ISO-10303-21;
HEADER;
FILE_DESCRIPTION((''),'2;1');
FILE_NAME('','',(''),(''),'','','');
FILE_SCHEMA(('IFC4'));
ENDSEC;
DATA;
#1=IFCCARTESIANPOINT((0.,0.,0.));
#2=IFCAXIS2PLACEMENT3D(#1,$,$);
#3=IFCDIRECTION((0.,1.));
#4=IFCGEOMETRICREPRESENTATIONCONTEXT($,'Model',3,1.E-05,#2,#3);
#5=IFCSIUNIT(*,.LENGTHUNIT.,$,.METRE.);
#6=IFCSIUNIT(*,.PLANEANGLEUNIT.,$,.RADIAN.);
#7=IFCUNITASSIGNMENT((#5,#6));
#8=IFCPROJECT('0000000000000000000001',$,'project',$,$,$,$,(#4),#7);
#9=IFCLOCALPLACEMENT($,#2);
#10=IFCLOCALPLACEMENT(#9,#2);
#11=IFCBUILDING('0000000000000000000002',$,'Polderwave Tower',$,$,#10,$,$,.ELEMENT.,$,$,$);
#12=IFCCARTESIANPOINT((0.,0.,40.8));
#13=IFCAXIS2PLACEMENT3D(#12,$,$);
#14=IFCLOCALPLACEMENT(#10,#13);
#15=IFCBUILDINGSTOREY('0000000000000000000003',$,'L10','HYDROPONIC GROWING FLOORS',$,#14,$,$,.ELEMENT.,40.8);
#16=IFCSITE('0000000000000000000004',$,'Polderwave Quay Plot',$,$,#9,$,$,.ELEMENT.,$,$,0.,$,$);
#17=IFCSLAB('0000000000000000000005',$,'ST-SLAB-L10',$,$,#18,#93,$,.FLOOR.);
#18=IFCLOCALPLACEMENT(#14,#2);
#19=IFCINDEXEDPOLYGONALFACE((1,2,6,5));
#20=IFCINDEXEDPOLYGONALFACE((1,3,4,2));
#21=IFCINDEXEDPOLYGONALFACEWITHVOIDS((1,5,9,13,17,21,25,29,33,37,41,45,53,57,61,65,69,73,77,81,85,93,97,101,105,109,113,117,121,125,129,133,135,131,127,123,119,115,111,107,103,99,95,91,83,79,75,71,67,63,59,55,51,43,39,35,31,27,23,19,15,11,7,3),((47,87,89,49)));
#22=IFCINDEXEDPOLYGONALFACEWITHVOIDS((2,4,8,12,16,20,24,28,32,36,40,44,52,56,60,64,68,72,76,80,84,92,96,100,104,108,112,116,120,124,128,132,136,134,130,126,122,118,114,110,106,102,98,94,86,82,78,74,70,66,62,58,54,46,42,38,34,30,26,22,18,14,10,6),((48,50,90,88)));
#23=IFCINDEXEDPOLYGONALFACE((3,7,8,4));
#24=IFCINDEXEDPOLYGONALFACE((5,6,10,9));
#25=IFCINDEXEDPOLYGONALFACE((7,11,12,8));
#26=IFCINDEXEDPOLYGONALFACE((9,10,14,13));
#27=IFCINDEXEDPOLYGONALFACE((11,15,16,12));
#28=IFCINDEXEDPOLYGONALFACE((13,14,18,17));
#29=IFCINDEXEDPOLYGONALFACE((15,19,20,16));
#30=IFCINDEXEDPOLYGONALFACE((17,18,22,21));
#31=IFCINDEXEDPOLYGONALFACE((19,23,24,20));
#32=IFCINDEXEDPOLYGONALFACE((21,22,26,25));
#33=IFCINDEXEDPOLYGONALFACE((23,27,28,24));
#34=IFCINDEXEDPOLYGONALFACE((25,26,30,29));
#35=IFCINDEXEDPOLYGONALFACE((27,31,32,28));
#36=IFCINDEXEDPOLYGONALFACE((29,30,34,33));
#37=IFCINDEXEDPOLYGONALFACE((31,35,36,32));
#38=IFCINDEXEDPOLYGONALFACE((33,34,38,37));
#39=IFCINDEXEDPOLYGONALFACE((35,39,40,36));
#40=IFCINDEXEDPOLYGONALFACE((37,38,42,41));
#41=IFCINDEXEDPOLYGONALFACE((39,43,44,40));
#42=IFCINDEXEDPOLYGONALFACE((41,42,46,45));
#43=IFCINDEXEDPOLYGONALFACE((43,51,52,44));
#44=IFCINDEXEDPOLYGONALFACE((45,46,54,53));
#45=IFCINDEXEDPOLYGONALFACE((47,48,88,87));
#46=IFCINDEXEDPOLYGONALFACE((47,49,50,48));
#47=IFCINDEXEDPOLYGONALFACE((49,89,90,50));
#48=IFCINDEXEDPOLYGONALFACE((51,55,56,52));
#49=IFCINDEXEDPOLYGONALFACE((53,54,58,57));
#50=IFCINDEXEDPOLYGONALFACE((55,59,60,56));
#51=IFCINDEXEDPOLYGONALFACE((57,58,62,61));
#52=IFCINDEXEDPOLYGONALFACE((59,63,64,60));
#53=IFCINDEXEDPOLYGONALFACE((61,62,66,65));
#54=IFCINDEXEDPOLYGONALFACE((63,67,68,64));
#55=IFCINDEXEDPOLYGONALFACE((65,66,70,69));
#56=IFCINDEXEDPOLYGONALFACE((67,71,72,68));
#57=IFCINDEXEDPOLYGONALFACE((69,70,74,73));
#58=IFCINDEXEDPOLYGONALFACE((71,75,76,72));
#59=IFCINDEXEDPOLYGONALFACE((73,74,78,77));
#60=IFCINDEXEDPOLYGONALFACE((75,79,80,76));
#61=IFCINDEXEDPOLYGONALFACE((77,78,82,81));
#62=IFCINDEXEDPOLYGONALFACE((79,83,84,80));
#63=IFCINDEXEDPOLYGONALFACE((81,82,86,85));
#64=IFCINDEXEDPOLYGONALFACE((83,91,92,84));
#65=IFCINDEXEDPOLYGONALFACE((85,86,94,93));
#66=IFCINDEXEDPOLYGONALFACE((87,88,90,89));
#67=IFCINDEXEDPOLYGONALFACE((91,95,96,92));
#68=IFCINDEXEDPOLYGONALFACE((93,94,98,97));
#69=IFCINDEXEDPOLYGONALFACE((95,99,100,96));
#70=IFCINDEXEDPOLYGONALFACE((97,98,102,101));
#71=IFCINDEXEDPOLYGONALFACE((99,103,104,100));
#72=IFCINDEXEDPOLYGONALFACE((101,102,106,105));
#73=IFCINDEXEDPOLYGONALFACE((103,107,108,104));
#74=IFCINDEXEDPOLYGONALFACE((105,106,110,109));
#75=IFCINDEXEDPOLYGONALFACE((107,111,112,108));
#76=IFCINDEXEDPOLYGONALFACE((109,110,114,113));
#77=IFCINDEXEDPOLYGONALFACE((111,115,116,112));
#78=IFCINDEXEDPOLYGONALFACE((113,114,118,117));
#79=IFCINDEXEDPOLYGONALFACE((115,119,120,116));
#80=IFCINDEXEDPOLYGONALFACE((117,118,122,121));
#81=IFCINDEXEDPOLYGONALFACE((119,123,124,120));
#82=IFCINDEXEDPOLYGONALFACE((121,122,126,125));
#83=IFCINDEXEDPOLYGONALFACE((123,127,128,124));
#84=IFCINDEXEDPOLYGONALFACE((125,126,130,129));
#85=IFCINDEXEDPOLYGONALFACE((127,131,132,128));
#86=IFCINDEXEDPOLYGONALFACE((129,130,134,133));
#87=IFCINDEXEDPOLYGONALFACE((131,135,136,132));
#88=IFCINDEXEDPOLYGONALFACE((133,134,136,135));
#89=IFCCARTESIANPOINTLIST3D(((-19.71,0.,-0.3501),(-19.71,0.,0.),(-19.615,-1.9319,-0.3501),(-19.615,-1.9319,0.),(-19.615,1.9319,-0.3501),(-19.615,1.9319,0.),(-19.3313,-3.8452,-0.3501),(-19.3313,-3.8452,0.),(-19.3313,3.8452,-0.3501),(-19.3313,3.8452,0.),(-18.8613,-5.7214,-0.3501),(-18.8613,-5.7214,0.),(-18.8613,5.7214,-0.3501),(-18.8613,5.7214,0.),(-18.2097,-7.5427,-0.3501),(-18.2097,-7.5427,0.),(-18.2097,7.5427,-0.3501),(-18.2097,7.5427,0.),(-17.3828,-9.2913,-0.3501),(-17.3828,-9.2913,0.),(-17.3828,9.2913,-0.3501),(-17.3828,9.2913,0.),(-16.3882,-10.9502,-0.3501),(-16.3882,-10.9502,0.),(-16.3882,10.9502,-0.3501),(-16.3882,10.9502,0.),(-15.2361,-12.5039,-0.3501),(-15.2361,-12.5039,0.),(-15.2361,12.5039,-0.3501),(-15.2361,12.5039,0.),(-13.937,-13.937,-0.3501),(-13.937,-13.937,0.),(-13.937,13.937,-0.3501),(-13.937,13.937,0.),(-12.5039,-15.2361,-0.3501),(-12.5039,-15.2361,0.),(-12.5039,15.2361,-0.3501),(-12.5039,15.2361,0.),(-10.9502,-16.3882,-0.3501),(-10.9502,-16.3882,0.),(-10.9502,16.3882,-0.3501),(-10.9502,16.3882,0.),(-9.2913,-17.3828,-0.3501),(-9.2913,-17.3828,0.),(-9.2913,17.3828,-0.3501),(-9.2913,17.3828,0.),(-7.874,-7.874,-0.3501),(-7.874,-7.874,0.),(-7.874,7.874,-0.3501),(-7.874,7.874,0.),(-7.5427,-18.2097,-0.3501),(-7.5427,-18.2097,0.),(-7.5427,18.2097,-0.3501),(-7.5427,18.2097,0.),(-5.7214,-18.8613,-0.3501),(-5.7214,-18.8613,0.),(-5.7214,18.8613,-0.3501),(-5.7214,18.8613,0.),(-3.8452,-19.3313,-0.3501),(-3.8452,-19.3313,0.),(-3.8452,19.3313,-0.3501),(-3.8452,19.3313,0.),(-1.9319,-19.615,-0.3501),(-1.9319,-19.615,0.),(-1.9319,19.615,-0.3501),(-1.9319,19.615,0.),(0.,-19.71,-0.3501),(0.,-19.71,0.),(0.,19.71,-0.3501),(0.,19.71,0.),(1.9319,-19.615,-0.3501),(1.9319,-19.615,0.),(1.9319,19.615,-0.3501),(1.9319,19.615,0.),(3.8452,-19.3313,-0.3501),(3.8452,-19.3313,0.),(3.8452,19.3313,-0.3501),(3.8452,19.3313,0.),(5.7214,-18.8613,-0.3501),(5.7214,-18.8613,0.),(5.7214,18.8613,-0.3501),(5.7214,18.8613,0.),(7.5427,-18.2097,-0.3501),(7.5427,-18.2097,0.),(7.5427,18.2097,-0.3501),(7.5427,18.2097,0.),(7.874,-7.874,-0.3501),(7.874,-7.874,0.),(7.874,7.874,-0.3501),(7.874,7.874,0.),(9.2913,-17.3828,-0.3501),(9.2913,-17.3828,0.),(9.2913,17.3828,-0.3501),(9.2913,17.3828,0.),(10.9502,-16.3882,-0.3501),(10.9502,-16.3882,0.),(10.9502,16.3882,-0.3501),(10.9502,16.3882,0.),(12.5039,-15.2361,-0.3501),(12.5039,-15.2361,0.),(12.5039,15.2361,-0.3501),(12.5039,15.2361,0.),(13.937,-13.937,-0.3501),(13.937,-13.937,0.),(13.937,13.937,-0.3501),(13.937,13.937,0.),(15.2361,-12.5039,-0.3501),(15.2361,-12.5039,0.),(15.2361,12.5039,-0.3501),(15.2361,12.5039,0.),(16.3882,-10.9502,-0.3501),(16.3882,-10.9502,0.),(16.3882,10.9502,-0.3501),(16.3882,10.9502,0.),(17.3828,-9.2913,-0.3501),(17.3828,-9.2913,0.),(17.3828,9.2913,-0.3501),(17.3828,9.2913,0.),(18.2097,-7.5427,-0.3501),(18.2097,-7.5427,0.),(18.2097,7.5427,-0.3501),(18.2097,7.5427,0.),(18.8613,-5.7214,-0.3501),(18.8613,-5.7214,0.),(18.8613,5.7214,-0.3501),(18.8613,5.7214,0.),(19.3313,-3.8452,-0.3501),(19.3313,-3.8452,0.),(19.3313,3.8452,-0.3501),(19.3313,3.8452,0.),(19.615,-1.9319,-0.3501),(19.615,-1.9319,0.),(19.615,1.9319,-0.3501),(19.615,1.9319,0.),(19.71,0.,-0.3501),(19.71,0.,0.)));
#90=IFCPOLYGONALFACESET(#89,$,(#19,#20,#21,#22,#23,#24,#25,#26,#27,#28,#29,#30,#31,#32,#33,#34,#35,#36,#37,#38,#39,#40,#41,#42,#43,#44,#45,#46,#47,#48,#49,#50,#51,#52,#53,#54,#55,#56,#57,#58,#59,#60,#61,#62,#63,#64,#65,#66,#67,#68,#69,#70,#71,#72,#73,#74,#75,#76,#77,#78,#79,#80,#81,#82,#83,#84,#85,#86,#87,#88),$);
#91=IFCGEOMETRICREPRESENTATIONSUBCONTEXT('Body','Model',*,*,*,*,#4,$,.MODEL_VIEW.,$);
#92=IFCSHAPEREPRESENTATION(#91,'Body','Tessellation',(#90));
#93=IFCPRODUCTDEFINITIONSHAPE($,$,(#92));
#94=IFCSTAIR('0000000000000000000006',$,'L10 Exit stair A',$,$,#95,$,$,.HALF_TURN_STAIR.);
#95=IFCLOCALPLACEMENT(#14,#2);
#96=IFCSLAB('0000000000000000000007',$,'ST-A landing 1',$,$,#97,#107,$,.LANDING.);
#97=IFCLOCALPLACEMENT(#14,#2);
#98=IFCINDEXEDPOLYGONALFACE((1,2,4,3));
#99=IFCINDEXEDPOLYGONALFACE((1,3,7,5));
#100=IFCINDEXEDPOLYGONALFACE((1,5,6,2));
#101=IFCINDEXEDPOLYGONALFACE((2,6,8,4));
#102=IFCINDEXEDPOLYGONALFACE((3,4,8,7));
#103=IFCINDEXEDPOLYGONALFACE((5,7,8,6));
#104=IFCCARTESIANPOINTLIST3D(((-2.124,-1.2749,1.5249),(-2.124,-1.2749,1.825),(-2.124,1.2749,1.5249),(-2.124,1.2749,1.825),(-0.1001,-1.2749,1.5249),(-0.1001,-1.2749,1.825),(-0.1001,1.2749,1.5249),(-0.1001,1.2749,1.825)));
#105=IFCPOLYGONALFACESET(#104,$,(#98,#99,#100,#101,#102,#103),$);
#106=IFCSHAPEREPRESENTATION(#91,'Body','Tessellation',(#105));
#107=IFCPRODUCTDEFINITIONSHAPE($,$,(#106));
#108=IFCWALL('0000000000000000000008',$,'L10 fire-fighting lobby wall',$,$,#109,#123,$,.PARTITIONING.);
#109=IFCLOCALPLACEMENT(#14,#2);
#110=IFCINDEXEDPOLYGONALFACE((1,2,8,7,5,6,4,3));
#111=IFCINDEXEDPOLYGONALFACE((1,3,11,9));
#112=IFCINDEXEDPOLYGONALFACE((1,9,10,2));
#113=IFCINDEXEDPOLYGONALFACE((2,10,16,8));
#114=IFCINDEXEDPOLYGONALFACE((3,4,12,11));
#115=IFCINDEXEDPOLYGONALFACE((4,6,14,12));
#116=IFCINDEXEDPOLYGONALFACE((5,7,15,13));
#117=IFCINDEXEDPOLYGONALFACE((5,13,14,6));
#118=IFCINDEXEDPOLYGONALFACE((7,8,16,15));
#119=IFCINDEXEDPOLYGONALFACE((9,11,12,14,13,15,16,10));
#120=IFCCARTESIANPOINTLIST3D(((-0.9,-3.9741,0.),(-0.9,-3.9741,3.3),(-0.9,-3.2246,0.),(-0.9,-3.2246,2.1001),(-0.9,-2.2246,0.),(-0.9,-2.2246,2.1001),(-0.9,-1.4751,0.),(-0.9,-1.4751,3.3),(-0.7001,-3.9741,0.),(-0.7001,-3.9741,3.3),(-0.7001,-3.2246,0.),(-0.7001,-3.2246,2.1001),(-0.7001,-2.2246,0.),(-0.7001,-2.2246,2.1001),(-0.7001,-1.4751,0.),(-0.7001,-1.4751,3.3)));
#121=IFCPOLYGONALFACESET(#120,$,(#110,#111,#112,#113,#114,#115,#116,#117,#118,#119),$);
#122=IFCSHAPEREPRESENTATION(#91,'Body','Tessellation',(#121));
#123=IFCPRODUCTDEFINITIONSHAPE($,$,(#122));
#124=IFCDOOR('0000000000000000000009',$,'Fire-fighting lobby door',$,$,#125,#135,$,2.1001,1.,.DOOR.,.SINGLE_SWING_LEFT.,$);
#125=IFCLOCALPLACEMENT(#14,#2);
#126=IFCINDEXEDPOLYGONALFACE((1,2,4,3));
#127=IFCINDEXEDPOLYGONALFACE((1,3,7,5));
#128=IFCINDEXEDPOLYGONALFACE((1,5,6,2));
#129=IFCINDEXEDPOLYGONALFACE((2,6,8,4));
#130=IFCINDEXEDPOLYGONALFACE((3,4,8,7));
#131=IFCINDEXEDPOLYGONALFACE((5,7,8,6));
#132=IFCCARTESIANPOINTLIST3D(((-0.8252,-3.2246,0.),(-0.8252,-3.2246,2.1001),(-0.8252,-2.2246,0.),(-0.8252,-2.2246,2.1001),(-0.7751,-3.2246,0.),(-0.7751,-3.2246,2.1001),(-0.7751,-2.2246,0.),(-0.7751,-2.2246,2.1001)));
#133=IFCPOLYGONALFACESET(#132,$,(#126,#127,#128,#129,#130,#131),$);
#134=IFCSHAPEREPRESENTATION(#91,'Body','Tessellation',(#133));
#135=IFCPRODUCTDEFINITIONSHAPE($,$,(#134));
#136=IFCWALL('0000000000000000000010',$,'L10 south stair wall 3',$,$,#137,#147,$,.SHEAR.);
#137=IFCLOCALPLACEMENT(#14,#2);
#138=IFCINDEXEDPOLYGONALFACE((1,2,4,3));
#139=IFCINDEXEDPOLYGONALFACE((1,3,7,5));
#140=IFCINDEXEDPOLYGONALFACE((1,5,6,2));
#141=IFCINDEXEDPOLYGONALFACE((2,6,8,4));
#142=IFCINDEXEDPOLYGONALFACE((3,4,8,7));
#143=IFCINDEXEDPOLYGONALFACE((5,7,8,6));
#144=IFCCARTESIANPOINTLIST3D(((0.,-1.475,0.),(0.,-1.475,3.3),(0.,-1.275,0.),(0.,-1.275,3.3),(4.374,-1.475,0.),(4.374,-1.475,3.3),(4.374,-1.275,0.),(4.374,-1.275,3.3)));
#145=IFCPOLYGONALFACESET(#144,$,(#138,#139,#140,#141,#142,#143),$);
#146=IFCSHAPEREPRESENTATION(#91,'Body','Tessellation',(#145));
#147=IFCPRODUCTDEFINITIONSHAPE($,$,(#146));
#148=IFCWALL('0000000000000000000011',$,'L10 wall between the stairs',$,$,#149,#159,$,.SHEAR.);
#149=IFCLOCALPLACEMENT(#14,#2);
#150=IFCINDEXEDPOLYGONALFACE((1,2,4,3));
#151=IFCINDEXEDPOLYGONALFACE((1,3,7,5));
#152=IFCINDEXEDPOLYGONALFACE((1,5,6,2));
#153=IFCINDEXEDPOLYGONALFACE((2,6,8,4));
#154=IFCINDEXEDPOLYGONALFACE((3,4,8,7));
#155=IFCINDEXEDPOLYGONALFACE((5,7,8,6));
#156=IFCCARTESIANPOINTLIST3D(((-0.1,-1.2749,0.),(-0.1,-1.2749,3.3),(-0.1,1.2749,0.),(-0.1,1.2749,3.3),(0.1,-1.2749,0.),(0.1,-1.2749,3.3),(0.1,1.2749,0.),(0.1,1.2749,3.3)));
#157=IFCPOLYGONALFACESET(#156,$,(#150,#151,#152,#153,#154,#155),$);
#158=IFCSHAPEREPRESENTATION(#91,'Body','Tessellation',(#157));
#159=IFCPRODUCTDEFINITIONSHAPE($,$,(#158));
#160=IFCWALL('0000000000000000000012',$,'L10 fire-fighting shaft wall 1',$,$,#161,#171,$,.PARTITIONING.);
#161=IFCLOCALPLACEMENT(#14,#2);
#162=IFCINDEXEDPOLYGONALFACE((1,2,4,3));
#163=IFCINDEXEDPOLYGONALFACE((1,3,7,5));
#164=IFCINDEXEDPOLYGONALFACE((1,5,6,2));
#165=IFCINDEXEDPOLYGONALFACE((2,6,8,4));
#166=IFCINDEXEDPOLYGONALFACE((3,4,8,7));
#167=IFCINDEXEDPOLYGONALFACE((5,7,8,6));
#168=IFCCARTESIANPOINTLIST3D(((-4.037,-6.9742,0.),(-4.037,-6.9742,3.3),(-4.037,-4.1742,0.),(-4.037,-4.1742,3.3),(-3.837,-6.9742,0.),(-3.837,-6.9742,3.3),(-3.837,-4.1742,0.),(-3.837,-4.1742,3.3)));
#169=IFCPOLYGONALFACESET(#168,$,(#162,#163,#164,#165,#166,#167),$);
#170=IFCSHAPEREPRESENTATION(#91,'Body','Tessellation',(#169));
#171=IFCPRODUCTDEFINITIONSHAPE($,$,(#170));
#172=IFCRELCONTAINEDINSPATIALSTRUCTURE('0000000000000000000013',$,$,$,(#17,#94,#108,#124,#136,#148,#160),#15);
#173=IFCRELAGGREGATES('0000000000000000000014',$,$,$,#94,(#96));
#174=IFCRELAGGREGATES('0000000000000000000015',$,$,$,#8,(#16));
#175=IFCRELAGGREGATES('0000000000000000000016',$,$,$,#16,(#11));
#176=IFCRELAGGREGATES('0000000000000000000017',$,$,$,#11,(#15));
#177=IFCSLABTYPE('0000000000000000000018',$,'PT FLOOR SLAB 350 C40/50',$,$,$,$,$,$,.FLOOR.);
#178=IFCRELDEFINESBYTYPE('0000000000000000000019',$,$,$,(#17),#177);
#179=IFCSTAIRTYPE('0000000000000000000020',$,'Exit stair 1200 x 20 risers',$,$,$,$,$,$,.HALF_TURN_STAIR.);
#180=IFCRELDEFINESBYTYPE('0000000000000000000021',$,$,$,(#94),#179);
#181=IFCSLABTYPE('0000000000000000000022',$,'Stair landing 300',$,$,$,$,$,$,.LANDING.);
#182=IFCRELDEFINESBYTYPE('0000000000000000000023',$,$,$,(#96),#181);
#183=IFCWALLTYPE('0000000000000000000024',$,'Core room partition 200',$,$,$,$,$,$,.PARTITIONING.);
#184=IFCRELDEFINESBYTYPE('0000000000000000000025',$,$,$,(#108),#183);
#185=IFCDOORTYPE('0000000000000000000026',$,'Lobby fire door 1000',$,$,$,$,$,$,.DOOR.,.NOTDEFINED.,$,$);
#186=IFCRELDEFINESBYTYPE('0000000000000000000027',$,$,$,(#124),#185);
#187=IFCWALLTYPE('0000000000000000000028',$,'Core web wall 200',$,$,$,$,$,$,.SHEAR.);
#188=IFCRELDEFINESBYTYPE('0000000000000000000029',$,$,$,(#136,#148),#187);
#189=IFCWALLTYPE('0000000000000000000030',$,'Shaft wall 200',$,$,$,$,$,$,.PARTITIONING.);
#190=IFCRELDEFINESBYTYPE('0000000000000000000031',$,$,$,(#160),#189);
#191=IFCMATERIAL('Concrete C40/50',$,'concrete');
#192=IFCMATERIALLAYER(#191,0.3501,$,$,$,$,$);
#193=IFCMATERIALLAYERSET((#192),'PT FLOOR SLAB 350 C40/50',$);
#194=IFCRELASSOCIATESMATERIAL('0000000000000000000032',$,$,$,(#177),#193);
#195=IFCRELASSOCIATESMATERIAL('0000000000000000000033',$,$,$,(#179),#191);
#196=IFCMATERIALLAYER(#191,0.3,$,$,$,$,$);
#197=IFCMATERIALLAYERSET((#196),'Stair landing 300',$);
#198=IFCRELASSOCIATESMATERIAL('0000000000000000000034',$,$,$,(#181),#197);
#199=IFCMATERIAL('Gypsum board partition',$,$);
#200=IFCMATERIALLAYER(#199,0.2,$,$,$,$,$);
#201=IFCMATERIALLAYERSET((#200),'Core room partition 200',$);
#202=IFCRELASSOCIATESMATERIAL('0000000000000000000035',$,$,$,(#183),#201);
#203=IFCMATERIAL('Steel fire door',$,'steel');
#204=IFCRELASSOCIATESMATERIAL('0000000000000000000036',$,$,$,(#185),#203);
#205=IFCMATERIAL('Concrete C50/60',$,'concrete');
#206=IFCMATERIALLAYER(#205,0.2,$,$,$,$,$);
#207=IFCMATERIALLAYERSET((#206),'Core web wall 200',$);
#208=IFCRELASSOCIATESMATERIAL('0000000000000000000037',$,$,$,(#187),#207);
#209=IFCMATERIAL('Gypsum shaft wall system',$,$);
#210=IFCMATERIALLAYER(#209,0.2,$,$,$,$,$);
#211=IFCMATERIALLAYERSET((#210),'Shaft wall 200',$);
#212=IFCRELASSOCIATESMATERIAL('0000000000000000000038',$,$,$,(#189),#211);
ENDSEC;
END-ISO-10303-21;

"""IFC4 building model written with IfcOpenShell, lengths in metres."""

from ifc_helpers import new_model, si_unit, direction, frame, frame_2d, origin, place, context, subcontext, project, spatial, polyline, rectangle, outline, extrude, material, layer, layer_set, type_object, element, fill, aggregate, save


model = new_model("IFC4")

# Units and contexts
model_context = context("Model", 3, precision=1e-05, world=origin(), true_north=direction((0.0, 1.0)))
body_context = subcontext(model_context, "Body", "Model", "MODEL_VIEW")
ifc_project = project(units=[si_unit("LENGTHUNIT", "METRE"), si_unit("PLANEANGLEUNIT", "RADIAN")], contexts=[model_context])

# Site, building, storey
site_placement = place(None, origin())
site = spatial("IfcSite", under=ifc_project, at=site_placement, Name="Polderwave Quay Plot", CompositionType="ELEMENT", RefElevation=0.0)
building_placement = place(site_placement, origin())
building = spatial("IfcBuilding", under=site, at=building_placement, Name="Polderwave Tower", CompositionType="ELEMENT")
storey_placement = place(building_placement, frame((0.0, 0.0, 40.8)))
storey = spatial("IfcBuildingStorey", under=building, at=storey_placement, Name="L10", Description="HYDROPONIC GROWING FLOORS", CompositionType="ELEMENT", Elevation=40.8)

# Slab
ifc_material_1 = material(Name="Concrete C40/50", Category="concrete")
ifc_layer_1 = layer(ifc_material_1, 0.3501)
ifc_layer_set_1 = layer_set([ifc_layer_1], Name="PT FLOOR SLAB 350 C40/50")
slab_type_1 = type_object("IfcSlabType", Name="PT FLOOR SLAB 350 C40/50", PredefinedType="FLOOR", material=ifc_layer_set_1)
slab_1_placement = place(storey_placement, frame((0.0, 0.0, -0.3501)))
element("IfcSlab", 1, at=slab_1_placement, inside=storey, type_object=slab_type_1, Name="ST-SLAB-L10", PredefinedType="FLOOR", context=body_context, shape_type="SweptSolid", body=[
    extrude(outline(polyline([(19.71, 0.0), (19.615, 1.9319), (19.3313, 3.8452), (18.8613, 5.7214), (18.2097, 7.5427), (17.3828, 9.2913), (16.3882, 10.9502), (15.2361, 12.5039), (13.937, 13.937), (12.5039, 15.2361), (10.9502, 16.3882), (9.2913, 17.3828), (7.5427, 18.2097), (5.7214, 18.8613), (3.8452, 19.3313), (1.9319, 19.615), (0.0, 19.71), (-1.9319, 19.615), (-3.8452, 19.3313), (-5.7214, 18.8613), (-7.5427, 18.2097), (-9.2913, 17.3828), (-10.9502, 16.3882), (-12.5039, 15.2361), (-13.937, 13.937), (-15.2361, 12.5039), (-16.3882, 10.9502), (-17.3828, 9.2913), (-18.2097, 7.5427), (-18.8613, 5.7214), (-19.3313, 3.8452), (-19.615, 1.9319), (-19.71, 0.0), (-19.615, -1.9319), (-19.3313, -3.8452), (-18.8613, -5.7214), (-18.2097, -7.5427), (-17.3828, -9.2913), (-16.3882, -10.9502), (-15.2361, -12.5039), (-13.937, -13.937), (-12.5039, -15.2361), (-10.9502, -16.3882), (-9.2913, -17.3828), (-7.5427, -18.2097), (-5.7214, -18.8613), (-3.8452, -19.3313), (-1.9319, -19.615), (0.0, -19.71), (1.9319, -19.615), (3.8452, -19.3313), (5.7214, -18.8613), (7.5427, -18.2097), (9.2913, -17.3828), (10.9502, -16.3882), (12.5039, -15.2361), (13.937, -13.937), (15.2361, -12.5039), (16.3882, -10.9502), (17.3828, -9.2913), (18.2097, -7.5427), (18.8613, -5.7214), (19.3313, -3.8452), (19.615, -1.9319), (19.71, 0.0)]), holes=[polyline([(-7.874, -7.874), (7.874, -7.874), (7.874, 7.874), (-7.874, 7.874), (-7.874, -7.874)])]), origin(), (0.0, 0.0, 1.0), 0.3501),
])

# Stair, slab
stair_type = type_object("IfcStairType", Name="Exit stair 1200 x 20 risers", PredefinedType="HALF_TURN_STAIR", material=ifc_material_1)
stair_placement = place(storey_placement, origin())
stair = element("IfcStair", 2, at=stair_placement, inside=storey, type_object=stair_type, Name="L10 Exit stair A", PredefinedType="HALF_TURN_STAIR")
ifc_layer_2 = layer(ifc_material_1, 0.3)
ifc_layer_set_2 = layer_set([ifc_layer_2], Name="Stair landing 300")
slab_type_2 = type_object("IfcSlabType", Name="Stair landing 300", PredefinedType="LANDING", material=ifc_layer_set_2)
slab_2_placement = place(storey_placement, frame((0.0, 0.0, 1.5249)))
slab_2 = element("IfcSlab", 3, at=slab_2_placement, type_object=slab_type_2, Name="ST-A landing 1", PredefinedType="LANDING", context=body_context, shape_type="SweptSolid", body=[
    extrude(outline(polyline([(-2.124, -1.2749), (-0.1001, -1.2749), (-0.1001, 1.2749), (-2.124, 1.2749), (-2.124, -1.2749)])), origin(), (0.0, 0.0, 1.0), 0.3),
])

# Wall, opening, door
ifc_material_2 = material(Name="Gypsum board partition")
ifc_layer_3 = layer(ifc_material_2, 0.2)
ifc_layer_set_3 = layer_set([ifc_layer_3], Name="Core room partition 200")
wall_type_1 = type_object("IfcWallType", Name="Core room partition 200", PredefinedType="PARTITIONING", material=ifc_layer_set_3)
wall_1_placement = place(storey_placement, frame((-0.8, -3.9741, 0.0), z_axis=(0.0, 0.0, 1.0), x_axis=(0.0, 1.0, 0.0)))
wall_1 = element("IfcWall", 4, at=wall_1_placement, inside=storey, type_object=wall_type_1, Name="L10 fire-fighting lobby wall", PredefinedType="PARTITIONING", context=body_context, shape_type="SweptSolid", body=[
    extrude(rectangle(XDim=2.499, YDim=0.2, at=frame_2d((1.2495, 0.0))), origin(), (0.0, 0.0, 1.0), 3.3),
])
opening_placement = place(wall_1_placement, frame((0.7495, 0.0, 0.0)))
opening = element("IfcOpeningElement", 5, at=opening_placement, cuts=wall_1, PredefinedType="OPENING", context=body_context, shape_type="SweptSolid", body=[
    extrude(rectangle(XDim=1.0, YDim=2.1001, at=frame_2d((0.5, 1.05))), frame((0.0, 0.1099, 0.0), z_axis=(0.0, -1.0, 0.0), x_axis=(1.0, 0.0, 0.0)), (0.0, 0.0, 1.0), 0.22),
])
ifc_material_3 = material(Name="Steel fire door", Category="steel")
door_type = type_object("IfcDoorType", Name="Lobby fire door 1000", OperationType="NOTDEFINED", PredefinedType="DOOR", material=ifc_material_3)
door_placement = place(opening_placement, frame((1.0, 0.0, 0.0), z_axis=(0.0, 0.0, 1.0), x_axis=(-1.0, 0.0, 0.0)))
door = element("IfcDoor", 6, at=door_placement, inside=storey, type_object=door_type, Name="Fire-fighting lobby door", OperationType="SINGLE_SWING_LEFT", OverallHeight=2.1001, OverallWidth=1.0, PredefinedType="DOOR", context=body_context, shape_type="SweptSolid", body=[
    extrude(rectangle(XDim=1.0, YDim=2.1001, at=frame_2d((0.5, 1.05))), frame((0.0, 0.0249, 0.0), z_axis=(0.0, -1.0, 0.0), x_axis=(1.0, 0.0, 0.0)), (0.0, 0.0, 1.0), 0.05),
])
fill(opening, door)

# Walls
ifc_material_4 = material(Name="Concrete C50/60", Category="concrete")
ifc_layer_4 = layer(ifc_material_4, 0.2)
ifc_layer_set_4 = layer_set([ifc_layer_4], Name="Core web wall 200")
wall_type_2 = type_object("IfcWallType", Name="Core web wall 200", PredefinedType="SHEAR", material=ifc_layer_set_4)
wall_2_placement = place(storey_placement, frame((0.0, -1.375, 0.0), z_axis=(0.0, 0.0, 1.0), x_axis=(1.0, 0.0, 0.0)))
element("IfcWall", 7, at=wall_2_placement, inside=storey, type_object=wall_type_2, Name="L10 south stair wall 3", PredefinedType="SHEAR", context=body_context, shape_type="SweptSolid", body=[
    extrude(rectangle(XDim=4.374, YDim=0.2, at=frame_2d((2.187, 0.0))), origin(), (0.0, 0.0, 1.0), 3.3),
])
wall_3_placement = place(storey_placement, frame((0.0, -1.2749, 0.0), z_axis=(0.0, 0.0, 1.0), x_axis=(0.0, 1.0, 0.0)))
element("IfcWall", 8, at=wall_3_placement, inside=storey, type_object=wall_type_2, Name="L10 wall between the stairs", PredefinedType="SHEAR", context=body_context, shape_type="SweptSolid", body=[
    extrude(rectangle(XDim=2.5498, YDim=0.2, at=frame_2d((1.2749, 0.0))), origin(), (0.0, 0.0, 1.0), 3.3),
])
ifc_material_5 = material(Name="Gypsum shaft wall system")
ifc_layer_5 = layer(ifc_material_5, 0.2)
ifc_layer_set_5 = layer_set([ifc_layer_5], Name="Shaft wall 200")
wall_type_3 = type_object("IfcWallType", Name="Shaft wall 200", PredefinedType="PARTITIONING", material=ifc_layer_set_5)
for number, where, z_axis, x_axis, name in (
    (9, (-3.937, -6.9741, 0.0), (0.0, 0.0, 1.0), (0.0, 1.0, 0.0), "L10 fire-fighting shaft wall 1"),
):
    element("IfcWall", number, at=place(storey_placement, frame(where, z_axis=z_axis, x_axis=x_axis)), inside=storey, type_object=wall_type_3, Name=name, PredefinedType="PARTITIONING", context=body_context, shape_type="SweptSolid", body=[
        extrude(rectangle(XDim=2.8, YDim=0.2, at=frame_2d((1.3999, 0.0))), origin(), (0.0, 0.0, 1.0), 3.3),
    ])

aggregate(stair, [slab_2])

save(model, "model.ifc")
